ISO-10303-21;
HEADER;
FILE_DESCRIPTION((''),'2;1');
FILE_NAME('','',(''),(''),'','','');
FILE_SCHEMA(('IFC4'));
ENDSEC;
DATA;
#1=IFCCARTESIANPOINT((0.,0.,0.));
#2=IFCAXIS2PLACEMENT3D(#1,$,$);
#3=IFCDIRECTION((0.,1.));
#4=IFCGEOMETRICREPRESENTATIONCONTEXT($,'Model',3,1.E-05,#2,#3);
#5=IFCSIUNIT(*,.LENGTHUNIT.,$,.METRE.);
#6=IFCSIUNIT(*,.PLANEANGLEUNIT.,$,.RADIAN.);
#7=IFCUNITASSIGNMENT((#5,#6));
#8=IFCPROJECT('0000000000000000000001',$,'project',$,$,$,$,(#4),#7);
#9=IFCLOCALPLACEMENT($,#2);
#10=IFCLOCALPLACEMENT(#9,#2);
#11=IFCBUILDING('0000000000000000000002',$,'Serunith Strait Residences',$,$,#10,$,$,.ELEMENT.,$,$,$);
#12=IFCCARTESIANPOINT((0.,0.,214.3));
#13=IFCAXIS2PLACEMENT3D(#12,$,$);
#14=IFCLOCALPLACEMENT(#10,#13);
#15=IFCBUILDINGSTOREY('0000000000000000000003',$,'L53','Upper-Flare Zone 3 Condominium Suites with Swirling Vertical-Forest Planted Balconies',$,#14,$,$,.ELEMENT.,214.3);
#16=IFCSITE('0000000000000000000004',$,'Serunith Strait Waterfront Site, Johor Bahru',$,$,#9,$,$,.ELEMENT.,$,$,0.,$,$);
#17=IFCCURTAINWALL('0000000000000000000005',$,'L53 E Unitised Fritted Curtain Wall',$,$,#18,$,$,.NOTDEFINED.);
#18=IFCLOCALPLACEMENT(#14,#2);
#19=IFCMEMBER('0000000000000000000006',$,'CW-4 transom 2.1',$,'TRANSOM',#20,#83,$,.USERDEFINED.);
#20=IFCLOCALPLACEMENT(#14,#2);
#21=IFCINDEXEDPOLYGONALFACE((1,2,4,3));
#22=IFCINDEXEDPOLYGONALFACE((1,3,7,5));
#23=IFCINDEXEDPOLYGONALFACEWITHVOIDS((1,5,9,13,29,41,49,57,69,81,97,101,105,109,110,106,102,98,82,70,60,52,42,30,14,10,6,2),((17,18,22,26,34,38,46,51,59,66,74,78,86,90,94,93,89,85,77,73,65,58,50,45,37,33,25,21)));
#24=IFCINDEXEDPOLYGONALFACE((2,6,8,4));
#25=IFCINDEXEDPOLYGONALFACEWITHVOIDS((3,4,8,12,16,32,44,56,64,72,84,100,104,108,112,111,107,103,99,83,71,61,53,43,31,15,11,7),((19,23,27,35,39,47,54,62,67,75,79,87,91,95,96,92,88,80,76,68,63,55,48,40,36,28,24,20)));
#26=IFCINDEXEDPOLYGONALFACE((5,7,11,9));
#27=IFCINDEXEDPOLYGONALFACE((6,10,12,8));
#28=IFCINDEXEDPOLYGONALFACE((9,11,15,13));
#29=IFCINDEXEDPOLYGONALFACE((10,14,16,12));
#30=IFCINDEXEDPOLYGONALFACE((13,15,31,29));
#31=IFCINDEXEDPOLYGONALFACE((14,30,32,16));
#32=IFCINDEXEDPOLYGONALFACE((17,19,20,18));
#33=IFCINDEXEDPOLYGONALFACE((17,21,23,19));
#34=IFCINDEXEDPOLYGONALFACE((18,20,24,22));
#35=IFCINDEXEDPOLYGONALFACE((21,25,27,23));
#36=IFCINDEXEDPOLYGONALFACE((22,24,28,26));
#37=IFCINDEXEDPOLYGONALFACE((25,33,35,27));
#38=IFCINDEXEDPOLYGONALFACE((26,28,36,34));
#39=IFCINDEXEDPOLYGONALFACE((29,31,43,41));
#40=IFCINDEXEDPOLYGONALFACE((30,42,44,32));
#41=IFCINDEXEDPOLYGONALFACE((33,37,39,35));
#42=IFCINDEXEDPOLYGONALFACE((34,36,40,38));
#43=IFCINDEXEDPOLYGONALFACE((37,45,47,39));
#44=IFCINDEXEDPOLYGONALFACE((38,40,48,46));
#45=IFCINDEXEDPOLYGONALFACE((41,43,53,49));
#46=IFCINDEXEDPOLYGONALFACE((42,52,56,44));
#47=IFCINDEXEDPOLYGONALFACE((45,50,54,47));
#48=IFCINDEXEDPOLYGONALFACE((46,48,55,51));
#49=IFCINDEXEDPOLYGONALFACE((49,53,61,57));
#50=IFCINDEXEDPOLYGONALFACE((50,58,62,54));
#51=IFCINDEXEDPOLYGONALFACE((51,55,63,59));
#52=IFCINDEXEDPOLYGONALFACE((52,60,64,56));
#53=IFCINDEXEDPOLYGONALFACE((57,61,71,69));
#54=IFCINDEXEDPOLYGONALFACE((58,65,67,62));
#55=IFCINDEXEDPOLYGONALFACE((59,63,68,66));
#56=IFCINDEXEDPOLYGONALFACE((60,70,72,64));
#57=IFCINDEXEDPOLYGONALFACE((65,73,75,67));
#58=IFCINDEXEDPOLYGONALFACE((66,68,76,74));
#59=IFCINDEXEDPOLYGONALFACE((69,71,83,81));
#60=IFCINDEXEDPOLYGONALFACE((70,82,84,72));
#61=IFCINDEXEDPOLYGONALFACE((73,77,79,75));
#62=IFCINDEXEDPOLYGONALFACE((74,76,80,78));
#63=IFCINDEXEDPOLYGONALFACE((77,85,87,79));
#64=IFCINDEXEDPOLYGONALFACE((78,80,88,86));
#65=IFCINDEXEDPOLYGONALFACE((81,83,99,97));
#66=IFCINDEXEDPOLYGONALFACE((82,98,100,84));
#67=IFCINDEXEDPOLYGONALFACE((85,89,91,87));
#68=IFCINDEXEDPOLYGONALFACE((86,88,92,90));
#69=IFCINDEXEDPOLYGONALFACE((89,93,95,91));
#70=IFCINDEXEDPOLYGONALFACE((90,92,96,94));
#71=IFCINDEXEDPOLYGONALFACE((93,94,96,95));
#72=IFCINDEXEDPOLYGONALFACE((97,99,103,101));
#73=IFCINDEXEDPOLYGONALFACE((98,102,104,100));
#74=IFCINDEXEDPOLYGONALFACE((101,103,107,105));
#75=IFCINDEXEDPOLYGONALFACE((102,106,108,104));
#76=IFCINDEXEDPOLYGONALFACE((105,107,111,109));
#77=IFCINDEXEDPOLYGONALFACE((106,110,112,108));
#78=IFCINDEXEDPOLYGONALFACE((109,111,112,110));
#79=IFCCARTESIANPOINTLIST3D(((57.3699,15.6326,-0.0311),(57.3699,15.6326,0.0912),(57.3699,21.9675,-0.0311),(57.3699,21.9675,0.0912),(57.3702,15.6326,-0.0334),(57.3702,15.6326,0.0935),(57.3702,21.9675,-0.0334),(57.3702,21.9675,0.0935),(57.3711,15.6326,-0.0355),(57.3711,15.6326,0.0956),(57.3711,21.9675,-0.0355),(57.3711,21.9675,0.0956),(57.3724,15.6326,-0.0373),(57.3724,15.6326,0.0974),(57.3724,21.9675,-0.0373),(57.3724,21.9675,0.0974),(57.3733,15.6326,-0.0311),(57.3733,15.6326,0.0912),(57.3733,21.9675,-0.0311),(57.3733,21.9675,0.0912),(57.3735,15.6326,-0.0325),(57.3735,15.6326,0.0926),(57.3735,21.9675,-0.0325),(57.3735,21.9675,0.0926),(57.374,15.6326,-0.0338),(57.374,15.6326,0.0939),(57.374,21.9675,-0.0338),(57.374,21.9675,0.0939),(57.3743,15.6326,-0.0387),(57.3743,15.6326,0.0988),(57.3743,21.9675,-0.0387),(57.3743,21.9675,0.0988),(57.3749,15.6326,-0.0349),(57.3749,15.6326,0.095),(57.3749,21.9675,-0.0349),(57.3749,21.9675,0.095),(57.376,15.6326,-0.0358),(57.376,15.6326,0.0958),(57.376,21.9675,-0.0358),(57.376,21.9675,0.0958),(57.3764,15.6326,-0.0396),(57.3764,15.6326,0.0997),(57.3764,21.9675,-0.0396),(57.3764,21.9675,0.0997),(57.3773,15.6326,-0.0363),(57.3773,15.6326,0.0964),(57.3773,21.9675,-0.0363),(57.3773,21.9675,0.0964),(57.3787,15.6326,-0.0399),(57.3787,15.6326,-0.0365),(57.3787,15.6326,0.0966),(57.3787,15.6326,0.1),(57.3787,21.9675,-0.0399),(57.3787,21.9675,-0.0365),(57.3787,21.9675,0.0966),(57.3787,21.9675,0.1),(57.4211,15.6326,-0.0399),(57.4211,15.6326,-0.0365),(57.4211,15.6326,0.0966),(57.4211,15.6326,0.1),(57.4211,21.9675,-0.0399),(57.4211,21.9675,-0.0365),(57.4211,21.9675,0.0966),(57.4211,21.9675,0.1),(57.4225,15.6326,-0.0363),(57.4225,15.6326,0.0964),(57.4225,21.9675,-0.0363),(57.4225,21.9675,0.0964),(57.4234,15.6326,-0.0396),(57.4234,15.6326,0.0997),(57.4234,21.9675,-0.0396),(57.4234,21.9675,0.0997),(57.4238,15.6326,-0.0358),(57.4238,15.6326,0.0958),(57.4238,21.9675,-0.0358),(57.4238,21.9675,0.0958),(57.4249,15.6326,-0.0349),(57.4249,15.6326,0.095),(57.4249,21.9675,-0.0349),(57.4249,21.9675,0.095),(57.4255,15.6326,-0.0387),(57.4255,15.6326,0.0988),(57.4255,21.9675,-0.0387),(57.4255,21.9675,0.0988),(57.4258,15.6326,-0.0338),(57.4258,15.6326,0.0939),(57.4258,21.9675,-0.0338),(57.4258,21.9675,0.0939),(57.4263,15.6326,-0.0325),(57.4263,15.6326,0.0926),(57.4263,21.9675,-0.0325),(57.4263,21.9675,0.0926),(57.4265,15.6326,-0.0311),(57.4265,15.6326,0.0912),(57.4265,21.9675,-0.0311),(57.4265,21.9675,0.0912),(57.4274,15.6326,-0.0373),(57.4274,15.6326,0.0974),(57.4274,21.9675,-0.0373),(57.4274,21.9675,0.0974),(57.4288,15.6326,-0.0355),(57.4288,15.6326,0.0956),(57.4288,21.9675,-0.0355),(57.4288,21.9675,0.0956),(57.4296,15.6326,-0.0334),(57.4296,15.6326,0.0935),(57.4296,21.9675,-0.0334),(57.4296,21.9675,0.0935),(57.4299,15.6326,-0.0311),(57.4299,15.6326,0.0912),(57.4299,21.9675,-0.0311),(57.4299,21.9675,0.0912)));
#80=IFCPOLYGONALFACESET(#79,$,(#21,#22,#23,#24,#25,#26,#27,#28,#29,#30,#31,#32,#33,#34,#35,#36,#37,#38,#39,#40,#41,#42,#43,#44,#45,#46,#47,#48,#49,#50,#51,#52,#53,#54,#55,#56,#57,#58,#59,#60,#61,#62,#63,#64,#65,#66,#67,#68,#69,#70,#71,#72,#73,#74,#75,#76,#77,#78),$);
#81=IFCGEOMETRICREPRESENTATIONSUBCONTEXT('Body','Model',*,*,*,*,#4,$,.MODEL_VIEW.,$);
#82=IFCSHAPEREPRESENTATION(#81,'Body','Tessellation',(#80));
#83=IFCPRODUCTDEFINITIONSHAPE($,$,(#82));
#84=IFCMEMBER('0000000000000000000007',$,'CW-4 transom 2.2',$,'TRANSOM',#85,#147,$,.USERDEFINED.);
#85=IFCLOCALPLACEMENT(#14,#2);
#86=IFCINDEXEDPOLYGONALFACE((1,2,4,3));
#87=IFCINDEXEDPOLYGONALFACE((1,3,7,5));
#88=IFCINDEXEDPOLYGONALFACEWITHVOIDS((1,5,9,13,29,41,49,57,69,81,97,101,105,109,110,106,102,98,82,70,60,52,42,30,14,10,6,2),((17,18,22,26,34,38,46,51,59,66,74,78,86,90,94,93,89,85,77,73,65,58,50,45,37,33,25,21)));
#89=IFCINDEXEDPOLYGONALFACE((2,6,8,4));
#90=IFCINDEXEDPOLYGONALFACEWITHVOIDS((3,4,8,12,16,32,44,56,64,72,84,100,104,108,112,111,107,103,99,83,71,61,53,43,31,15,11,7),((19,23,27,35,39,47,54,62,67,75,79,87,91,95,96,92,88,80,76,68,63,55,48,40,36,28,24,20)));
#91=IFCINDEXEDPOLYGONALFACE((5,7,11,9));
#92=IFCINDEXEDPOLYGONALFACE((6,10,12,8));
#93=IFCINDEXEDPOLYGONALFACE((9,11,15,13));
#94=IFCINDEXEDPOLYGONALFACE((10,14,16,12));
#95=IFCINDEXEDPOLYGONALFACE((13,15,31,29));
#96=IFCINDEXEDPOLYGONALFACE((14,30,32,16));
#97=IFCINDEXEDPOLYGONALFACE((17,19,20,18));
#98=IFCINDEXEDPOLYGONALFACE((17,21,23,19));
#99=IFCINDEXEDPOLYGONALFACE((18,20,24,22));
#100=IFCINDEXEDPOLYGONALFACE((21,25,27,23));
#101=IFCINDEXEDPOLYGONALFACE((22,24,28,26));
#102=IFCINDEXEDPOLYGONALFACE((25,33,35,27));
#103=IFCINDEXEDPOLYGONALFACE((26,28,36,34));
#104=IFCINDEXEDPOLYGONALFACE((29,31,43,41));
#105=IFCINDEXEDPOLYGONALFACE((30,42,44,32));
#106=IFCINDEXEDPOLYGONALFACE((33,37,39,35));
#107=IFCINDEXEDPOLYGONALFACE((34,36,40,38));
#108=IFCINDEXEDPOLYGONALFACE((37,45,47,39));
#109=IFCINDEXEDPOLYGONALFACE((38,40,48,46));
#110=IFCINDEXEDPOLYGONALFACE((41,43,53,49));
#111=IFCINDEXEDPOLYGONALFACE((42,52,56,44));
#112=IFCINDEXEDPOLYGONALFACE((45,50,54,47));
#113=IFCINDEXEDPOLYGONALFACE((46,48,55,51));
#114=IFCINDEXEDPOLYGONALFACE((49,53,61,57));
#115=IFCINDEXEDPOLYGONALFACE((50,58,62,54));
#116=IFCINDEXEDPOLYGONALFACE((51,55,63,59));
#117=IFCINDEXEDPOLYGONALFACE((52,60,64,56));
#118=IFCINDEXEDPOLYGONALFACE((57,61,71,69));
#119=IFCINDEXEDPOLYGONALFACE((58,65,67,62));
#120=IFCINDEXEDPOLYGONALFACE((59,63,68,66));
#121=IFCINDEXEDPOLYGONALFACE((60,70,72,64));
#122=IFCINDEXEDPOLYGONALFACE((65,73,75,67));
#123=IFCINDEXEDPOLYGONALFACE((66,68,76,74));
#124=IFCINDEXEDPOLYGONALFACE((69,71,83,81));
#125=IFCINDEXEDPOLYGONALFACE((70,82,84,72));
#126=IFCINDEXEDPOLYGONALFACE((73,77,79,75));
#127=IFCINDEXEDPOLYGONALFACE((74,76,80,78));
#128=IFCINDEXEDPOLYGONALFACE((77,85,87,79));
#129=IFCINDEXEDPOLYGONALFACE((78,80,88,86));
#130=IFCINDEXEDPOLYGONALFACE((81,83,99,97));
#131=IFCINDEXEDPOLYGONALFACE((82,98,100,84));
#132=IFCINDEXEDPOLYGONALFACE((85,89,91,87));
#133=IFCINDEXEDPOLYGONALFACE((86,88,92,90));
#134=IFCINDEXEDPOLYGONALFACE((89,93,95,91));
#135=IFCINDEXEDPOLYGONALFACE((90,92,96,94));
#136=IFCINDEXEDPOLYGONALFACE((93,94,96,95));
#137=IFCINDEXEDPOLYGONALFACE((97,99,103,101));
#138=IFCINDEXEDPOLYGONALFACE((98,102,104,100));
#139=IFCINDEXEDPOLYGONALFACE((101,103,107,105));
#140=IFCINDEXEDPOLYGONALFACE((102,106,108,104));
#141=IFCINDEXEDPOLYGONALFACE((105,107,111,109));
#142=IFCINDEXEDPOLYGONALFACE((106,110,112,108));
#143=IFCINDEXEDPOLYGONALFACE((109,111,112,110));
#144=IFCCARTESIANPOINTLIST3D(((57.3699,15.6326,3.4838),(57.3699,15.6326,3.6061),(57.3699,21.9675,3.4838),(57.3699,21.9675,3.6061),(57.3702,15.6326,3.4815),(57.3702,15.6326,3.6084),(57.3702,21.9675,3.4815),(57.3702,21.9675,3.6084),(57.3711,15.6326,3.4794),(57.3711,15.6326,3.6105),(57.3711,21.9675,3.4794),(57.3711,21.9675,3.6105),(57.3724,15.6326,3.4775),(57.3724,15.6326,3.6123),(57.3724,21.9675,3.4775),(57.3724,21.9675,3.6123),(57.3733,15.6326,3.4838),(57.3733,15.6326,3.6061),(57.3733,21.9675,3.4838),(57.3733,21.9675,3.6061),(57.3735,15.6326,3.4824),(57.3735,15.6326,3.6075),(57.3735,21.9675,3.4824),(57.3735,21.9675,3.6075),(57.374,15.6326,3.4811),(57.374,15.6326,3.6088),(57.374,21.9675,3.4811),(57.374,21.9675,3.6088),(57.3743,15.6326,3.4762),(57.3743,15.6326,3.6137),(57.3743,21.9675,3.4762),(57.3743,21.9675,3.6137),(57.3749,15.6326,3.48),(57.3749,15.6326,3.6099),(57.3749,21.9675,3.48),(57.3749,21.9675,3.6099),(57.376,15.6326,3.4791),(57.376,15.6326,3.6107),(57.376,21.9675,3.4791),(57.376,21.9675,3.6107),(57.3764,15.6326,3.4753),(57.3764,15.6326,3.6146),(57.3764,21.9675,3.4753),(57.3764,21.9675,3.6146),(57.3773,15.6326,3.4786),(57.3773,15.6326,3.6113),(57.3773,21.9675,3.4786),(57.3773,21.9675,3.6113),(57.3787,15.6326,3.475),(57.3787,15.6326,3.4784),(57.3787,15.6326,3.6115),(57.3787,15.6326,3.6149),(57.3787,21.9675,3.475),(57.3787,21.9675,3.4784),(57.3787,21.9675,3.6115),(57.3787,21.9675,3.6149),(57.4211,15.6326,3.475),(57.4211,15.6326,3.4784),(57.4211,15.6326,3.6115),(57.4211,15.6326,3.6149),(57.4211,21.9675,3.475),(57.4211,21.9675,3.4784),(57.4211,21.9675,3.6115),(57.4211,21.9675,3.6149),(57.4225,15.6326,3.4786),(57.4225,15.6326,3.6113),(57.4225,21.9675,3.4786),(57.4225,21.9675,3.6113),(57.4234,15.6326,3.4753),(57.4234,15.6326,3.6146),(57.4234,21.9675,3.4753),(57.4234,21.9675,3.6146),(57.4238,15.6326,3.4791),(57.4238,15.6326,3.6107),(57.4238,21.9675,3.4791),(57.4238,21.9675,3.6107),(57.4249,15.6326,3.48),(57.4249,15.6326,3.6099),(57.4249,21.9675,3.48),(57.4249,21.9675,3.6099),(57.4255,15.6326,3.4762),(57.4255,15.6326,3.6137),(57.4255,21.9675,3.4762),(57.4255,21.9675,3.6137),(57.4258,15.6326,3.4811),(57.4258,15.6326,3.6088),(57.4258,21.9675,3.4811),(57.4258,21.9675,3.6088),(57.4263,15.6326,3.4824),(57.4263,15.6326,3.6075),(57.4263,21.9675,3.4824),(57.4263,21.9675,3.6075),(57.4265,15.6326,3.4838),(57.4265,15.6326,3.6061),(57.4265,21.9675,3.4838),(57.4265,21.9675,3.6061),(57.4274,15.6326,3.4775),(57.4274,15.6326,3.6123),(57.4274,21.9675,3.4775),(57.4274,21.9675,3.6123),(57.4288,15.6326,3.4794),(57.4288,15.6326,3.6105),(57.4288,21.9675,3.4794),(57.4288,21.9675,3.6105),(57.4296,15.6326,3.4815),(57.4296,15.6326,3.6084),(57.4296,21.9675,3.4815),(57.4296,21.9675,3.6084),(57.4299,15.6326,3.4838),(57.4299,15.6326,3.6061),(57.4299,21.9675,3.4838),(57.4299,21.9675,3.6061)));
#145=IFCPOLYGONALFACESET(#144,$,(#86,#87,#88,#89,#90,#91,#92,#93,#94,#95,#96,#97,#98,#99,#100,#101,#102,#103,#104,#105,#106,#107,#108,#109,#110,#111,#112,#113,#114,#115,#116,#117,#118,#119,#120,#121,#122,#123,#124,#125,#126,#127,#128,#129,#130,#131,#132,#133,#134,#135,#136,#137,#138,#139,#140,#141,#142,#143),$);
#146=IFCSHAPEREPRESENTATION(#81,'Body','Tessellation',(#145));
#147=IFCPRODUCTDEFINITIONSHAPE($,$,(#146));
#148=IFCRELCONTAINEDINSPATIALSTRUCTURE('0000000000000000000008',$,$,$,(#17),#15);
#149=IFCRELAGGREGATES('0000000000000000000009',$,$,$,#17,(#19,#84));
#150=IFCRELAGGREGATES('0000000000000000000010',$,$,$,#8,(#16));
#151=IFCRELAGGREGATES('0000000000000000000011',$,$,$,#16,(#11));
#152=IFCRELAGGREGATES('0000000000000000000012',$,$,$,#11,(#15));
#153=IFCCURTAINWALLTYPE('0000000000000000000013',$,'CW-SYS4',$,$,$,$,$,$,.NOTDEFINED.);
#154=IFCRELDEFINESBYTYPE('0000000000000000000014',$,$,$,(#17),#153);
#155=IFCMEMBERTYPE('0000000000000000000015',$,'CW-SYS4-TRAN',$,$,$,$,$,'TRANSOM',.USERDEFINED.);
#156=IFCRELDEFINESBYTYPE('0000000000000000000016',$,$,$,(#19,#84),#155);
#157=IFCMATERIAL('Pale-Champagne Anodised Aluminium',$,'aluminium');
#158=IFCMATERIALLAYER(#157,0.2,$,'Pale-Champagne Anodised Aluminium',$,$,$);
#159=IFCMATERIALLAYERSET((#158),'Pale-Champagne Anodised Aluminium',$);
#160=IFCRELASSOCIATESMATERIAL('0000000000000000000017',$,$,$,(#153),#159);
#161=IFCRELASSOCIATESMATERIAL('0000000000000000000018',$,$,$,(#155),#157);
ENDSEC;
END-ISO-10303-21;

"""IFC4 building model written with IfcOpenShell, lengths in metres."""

from ifc_helpers import new_model, si_unit, direction, frame, origin, origin_2d, place, context, subcontext, project, spatial, hollow_rectangle, extrude, source, transform, mapped, material, layer, layer_set, material_profile, profile_set, type_object, element, aggregate, save


model = new_model("IFC4")

# Units and contexts
model_context = context("Model", 3, precision=1e-05, world=origin(), true_north=direction((0.0, 1.0)))
body_context = subcontext(model_context, "Body", "Model", "MODEL_VIEW")
ifc_project = project(units=[si_unit("LENGTHUNIT", "METRE"), si_unit("PLANEANGLEUNIT", "RADIAN")], contexts=[model_context])

# Site, building, storey
site_placement = place(None, origin())
site = spatial("IfcSite", under=ifc_project, at=site_placement, Name="Serunith Strait Waterfront Site, Johor Bahru", CompositionType="ELEMENT", RefElevation=0.0)
building_placement = place(site_placement, origin())
building = spatial("IfcBuilding", under=site, at=building_placement, Name="Serunith Strait Residences", CompositionType="ELEMENT")
storey_placement = place(building_placement, frame((0.0, 0.0, 214.3)))
storey = spatial("IfcBuildingStorey", under=building, at=storey_placement, Name="L53", Description="Upper-Flare Zone 3 Condominium Suites with Swirling Vertical-Forest Planted Balconies", CompositionType="ELEMENT", Elevation=214.3)

# Curtain wall, members
ifc_material_1 = material(Name="Pale-Champagne Anodised Aluminium", Category="aluminium")
ifc_layer_1 = layer(ifc_material_1, 0.2, Name="Pale-Champagne Anodised Aluminium")
ifc_layer_set_1 = layer_set([ifc_layer_1], Name="Pale-Champagne Anodised Aluminium")
curtain_wall_type = type_object("IfcCurtainWallType", Name="CW-SYS4", PredefinedType="NOTDEFINED", material=ifc_layer_set_1)
curtain_wall_placement = place(storey_placement, origin())
curtain_wall = element("IfcCurtainWall", 1, at=curtain_wall_placement, inside=storey, type_object=curtain_wall_type, Name="L53 E Unitised Fritted Curtain Wall", PredefinedType="NOTDEFINED")
ifc_material_profile_1 = material_profile(ifc_material_1, hollow_rectangle(XDim=0.0601, YDim=0.1399, WallThickness=0.0034, InnerFilletRadius=0.0054, OuterFilletRadius=0.0088, at=origin_2d()), Name="ALU 140x60x3.5")
ifc_profile_set_1 = profile_set([ifc_material_profile_1], Name="Pale-Champagne Anodised Aluminium")
member_type_1 = type_object("IfcMemberType", Name="CW-SYS4-TRAN", ElementType="TRANSOM", PredefinedType="USERDEFINED", material=ifc_profile_set_1)
shared_shape_1 = source(origin(), body_context, "Body", "SweptSolid", [
    extrude(hollow_rectangle(XDim=0.0601, YDim=0.1399, WallThickness=0.0034, InnerFilletRadius=0.0054, OuterFilletRadius=0.0088, at=origin_2d()), origin(), (0.0, 0.0, 1.0), 6.335),
])
member_1_placement = place(storey_placement, frame((57.3999, 15.6326, 0.03), z_axis=(0.0, 1.0, 0.0), x_axis=(-1.0, 0.0, 0.0)))
member_1 = element("IfcMember", 2, at=member_1_placement, type_object=member_type_1, Name="CW-4 transom 2.1", ObjectType="TRANSOM", PredefinedType="USERDEFINED", context=body_context, shape_type="MappedRepresentation", body=[
    mapped(shared_shape_1, transform((0.0, 0.0, 0.0), scale=1.0)),
])
member_2_placement = place(storey_placement, frame((57.3999, 15.6326, 3.5449), z_axis=(0.0, 1.0, 0.0), x_axis=(-1.0, 0.0, 0.0)))
member_2 = element("IfcMember", 3, at=member_2_placement, type_object=member_type_1, Name="CW-4 transom 2.2", ObjectType="TRANSOM", PredefinedType="USERDEFINED", context=body_context, shape_type="MappedRepresentation", body=[
    mapped(shared_shape_1, transform((0.0, 0.0, 0.0), scale=1.0)),
])
aggregate(curtain_wall, [member_1, member_2])

save(model, "model.ifc")
